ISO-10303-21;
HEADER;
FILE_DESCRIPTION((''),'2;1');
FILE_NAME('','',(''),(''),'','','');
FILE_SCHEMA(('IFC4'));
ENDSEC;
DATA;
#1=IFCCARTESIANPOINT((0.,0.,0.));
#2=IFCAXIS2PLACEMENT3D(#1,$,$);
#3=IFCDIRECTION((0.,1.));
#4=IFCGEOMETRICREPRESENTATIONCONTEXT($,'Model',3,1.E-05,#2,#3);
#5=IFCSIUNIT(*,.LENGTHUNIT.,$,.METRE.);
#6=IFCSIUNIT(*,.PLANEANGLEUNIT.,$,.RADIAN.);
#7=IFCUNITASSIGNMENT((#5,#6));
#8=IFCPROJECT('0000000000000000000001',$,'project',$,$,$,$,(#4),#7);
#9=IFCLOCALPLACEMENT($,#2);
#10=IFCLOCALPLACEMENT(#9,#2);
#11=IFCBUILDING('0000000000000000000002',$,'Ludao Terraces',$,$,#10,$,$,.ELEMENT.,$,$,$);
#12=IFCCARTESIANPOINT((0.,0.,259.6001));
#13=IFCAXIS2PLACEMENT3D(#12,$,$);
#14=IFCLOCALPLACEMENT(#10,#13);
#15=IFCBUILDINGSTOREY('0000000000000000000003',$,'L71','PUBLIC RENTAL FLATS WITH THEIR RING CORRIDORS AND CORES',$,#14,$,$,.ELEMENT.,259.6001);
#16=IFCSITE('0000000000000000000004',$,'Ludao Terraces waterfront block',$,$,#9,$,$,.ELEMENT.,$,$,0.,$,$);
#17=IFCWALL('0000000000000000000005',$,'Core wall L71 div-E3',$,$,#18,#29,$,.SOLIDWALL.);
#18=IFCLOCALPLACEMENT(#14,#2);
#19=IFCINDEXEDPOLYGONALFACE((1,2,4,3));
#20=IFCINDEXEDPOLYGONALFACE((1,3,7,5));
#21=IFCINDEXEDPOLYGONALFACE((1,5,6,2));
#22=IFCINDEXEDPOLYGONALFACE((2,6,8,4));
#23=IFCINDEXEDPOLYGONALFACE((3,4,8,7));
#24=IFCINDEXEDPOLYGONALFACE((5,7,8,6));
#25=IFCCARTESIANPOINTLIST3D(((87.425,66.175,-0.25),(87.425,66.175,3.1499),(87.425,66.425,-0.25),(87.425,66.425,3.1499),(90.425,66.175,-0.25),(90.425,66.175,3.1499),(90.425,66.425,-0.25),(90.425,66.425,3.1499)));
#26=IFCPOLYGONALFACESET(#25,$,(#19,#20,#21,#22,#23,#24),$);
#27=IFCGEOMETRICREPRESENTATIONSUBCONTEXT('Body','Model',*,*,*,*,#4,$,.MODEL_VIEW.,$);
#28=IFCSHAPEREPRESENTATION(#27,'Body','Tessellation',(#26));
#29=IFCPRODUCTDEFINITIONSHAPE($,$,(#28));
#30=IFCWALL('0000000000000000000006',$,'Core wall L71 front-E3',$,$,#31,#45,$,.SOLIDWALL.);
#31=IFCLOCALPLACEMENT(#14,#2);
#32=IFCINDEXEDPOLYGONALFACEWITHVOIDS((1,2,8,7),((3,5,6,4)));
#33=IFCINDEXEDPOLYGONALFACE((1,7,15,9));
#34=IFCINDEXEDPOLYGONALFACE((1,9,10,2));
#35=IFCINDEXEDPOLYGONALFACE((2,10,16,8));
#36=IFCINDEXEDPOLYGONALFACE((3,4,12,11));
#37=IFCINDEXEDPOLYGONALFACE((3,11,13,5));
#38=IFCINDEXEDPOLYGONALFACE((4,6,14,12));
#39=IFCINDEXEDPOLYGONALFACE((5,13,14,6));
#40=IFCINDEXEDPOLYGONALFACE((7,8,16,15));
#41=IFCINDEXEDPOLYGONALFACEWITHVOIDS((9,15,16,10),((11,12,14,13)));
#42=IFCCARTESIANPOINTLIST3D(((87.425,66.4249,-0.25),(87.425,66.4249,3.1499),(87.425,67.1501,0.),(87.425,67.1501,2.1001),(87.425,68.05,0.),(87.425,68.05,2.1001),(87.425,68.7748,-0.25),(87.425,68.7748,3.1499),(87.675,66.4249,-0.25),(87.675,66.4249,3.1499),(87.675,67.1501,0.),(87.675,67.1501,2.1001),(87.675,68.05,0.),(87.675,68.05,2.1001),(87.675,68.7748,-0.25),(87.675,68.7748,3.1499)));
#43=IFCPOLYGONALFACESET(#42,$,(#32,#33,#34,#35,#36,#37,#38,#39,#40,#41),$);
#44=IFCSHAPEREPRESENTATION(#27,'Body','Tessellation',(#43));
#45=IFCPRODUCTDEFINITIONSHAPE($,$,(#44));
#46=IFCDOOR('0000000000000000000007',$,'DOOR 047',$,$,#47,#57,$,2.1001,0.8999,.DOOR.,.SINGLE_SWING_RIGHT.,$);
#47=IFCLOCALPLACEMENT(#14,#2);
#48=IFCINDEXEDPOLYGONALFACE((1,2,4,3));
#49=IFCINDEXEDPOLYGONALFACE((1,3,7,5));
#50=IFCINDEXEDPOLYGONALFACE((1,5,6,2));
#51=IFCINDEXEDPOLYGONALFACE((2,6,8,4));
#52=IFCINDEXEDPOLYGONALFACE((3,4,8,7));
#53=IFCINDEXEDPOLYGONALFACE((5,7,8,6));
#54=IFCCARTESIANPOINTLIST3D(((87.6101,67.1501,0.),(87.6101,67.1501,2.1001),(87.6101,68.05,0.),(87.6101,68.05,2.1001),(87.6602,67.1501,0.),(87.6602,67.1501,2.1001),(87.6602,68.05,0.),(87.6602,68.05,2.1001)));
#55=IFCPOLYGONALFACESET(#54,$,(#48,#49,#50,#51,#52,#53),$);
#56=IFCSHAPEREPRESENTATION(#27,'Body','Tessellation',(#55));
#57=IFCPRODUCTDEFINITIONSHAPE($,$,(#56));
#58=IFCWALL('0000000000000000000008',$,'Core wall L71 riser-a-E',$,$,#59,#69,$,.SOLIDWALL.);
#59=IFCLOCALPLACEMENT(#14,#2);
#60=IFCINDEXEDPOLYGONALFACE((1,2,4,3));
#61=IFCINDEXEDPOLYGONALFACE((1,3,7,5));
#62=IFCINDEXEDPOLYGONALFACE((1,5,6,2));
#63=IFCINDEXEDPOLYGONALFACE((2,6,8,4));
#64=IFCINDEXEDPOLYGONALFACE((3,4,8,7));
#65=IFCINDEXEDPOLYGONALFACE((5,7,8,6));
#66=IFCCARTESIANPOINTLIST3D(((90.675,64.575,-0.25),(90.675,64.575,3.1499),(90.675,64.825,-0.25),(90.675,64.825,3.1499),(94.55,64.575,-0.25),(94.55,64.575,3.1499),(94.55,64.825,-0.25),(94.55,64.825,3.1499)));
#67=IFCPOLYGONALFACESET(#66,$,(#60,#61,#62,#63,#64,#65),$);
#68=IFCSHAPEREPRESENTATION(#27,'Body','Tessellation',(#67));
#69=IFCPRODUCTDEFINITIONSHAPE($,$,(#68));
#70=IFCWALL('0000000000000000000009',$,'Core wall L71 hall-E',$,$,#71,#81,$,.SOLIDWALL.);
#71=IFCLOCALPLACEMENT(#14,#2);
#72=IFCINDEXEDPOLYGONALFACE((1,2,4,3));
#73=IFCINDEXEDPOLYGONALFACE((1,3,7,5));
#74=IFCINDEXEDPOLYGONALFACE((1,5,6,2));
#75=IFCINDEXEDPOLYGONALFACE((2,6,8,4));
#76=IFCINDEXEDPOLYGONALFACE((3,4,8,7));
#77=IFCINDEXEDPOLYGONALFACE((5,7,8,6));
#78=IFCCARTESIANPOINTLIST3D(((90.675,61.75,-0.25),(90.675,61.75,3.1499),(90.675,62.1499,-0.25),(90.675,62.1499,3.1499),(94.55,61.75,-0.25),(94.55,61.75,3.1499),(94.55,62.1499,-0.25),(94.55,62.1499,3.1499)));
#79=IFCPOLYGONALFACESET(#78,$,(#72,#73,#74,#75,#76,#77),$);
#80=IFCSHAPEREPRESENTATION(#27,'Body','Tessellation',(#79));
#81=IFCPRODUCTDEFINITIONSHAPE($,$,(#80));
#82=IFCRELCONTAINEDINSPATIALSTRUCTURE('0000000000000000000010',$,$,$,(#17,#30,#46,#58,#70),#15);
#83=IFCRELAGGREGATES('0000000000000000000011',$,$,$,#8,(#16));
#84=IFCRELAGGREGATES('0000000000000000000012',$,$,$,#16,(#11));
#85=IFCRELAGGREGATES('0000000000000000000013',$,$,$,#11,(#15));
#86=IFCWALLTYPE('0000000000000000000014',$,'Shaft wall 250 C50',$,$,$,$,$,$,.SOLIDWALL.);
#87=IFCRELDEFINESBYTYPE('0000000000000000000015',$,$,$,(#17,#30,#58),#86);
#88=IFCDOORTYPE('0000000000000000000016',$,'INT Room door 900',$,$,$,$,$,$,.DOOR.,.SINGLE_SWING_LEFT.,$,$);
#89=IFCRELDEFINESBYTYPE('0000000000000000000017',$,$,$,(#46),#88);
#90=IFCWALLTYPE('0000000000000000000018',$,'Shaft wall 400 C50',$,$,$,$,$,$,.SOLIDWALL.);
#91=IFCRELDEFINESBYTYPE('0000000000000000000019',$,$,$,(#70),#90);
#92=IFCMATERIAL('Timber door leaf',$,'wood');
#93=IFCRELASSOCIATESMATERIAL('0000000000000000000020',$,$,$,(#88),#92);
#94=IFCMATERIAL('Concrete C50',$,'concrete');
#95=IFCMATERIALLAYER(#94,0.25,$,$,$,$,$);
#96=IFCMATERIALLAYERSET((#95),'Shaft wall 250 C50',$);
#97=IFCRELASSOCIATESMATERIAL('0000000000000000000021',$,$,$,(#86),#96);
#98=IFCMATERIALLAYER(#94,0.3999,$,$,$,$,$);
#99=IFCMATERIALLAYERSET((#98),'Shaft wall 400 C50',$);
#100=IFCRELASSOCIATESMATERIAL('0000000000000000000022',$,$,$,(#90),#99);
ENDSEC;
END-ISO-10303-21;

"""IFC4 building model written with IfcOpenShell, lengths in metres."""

from ifc_helpers import new_model, si_unit, direction, frame, frame_2d, origin, place, context, subcontext, project, spatial, rectangle, extrude, material, layer, layer_set, type_object, element, fill, save


model = new_model("IFC4")

# Units and contexts
model_context = context("Model", 3, precision=1e-05, world=origin(), true_north=direction((0.0, 1.0)))
body_context = subcontext(model_context, "Body", "Model", "MODEL_VIEW")
ifc_project = project(units=[si_unit("LENGTHUNIT", "METRE"), si_unit("PLANEANGLEUNIT", "RADIAN")], contexts=[model_context])

# Site, building, storey
site_placement = place(None, origin())
site = spatial("IfcSite", under=ifc_project, at=site_placement, Name="Ludao Terraces waterfront block", CompositionType="ELEMENT", RefElevation=0.0)
building_placement = place(site_placement, origin())
building = spatial("IfcBuilding", under=site, at=building_placement, Name="Ludao Terraces", CompositionType="ELEMENT")
storey_placement = place(building_placement, frame((0.0, 0.0, 259.6001)))
storey = spatial("IfcBuildingStorey", under=building, at=storey_placement, Name="L71", Description="PUBLIC RENTAL FLATS WITH THEIR RING CORRIDORS AND CORES", CompositionType="ELEMENT", Elevation=259.6001)

# Shared definitions
ifc_material_1 = material(Name="Concrete C50", Category="concrete")
ifc_material_2 = material(Name="Timber door leaf", Category="wood")
door_type_1 = type_object("IfcDoorType", Name="INT Room door 900", OperationType="SINGLE_SWING_LEFT", PredefinedType="DOOR", material=ifc_material_2)

# Shared definitions
ifc_layer_1 = layer(ifc_material_1, 0.25)
ifc_layer_set_1 = layer_set([ifc_layer_1], Name="Shaft wall 250 C50")
wall_type_1 = type_object("IfcWallType", Name="Shaft wall 250 C50", PredefinedType="SOLIDWALL", material=ifc_layer_set_1)

# Wall
wall_1_placement = place(storey_placement, frame((87.425, 66.3, -0.25), z_axis=(0.0, 0.0, 1.0), x_axis=(1.0, 0.0, 0.0)))
element("IfcWall", 1, at=wall_1_placement, inside=storey, type_object=wall_type_1, Name="Core wall L71 div-E3", PredefinedType="SOLIDWALL", context=body_context, shape_type="SweptSolid", body=[
    extrude(rectangle(XDim=3.0, YDim=0.25, at=frame_2d((1.5, 0.0))), origin(), (0.0, 0.0, 1.0), 3.3999),
])

# Wall, opening, door
wall_2_placement = place(storey_placement, frame((87.55, 66.425, -0.25), z_axis=(0.0, 0.0, 1.0), x_axis=(0.0, 1.0, 0.0)))
wall_2 = element("IfcWall", 2, at=wall_2_placement, inside=storey, type_object=wall_type_1, Name="Core wall L71 front-E3", PredefinedType="SOLIDWALL", context=body_context, shape_type="SweptSolid", body=[
    extrude(rectangle(XDim=2.3499, YDim=0.25, at=frame_2d((1.1748, 0.0))), origin(), (0.0, 0.0, 1.0), 3.3999),
])
opening_1_placement = place(wall_2_placement, frame((0.7251, 0.0, 0.25)))
opening_1 = element("IfcOpeningElement", 3, at=opening_1_placement, cuts=wall_2, PredefinedType="OPENING", context=body_context, shape_type="SweptSolid", body=[
    extrude(rectangle(XDim=0.8999, YDim=2.1001, at=frame_2d((0.45, 1.05))), frame((0.0, 0.135, 0.0), z_axis=(0.0, -1.0, 0.0), x_axis=(1.0, 0.0, 0.0)), (0.0, 0.0, 1.0), 0.27),
])
door_1_placement = place(opening_1_placement, origin())
door_1 = element("IfcDoor", 4, at=door_1_placement, inside=storey, type_object=door_type_1, Name="DOOR 047", OperationType="SINGLE_SWING_RIGHT", OverallHeight=2.1001, OverallWidth=0.8999, PredefinedType="DOOR", context=body_context, shape_type="SweptSolid", body=[
    extrude(rectangle(XDim=0.8999, YDim=2.1001, at=frame_2d((0.45, 1.05))), frame((0.0, -0.0601, 0.0), z_axis=(0.0, -1.0, 0.0), x_axis=(1.0, 0.0, 0.0)), (0.0, 0.0, 1.0), 0.05),
])
fill(opening_1, door_1)

# Walls
wall_3_placement = place(storey_placement, frame((90.675, 64.7, -0.25), z_axis=(0.0, 0.0, 1.0), x_axis=(1.0, 0.0, 0.0)))
element("IfcWall", 5, at=wall_3_placement, inside=storey, type_object=wall_type_1, Name="Core wall L71 riser-a-E", PredefinedType="SOLIDWALL", context=body_context, shape_type="SweptSolid", body=[
    extrude(rectangle(XDim=3.875, YDim=0.25, at=frame_2d((1.9375, 0.0))), origin(), (0.0, 0.0, 1.0), 3.3999),
])
ifc_layer_2 = layer(ifc_material_1, 0.3999)
ifc_layer_set_2 = layer_set([ifc_layer_2], Name="Shaft wall 400 C50")
wall_type_2 = type_object("IfcWallType", Name="Shaft wall 400 C50", PredefinedType="SOLIDWALL", material=ifc_layer_set_2)
wall_4_placement = place(storey_placement, frame((90.675, 61.95, -0.25), z_axis=(0.0, 0.0, 1.0), x_axis=(1.0, 0.0, 0.0)))
element("IfcWall", 6, at=wall_4_placement, inside=storey, type_object=wall_type_2, Name="Core wall L71 hall-E", PredefinedType="SOLIDWALL", context=body_context, shape_type="SweptSolid", body=[
    extrude(rectangle(XDim=3.875, YDim=0.3999, at=frame_2d((1.9375, 0.0))), origin(), (0.0, 0.0, 1.0), 3.3999),
])

save(model, "model.ifc")
